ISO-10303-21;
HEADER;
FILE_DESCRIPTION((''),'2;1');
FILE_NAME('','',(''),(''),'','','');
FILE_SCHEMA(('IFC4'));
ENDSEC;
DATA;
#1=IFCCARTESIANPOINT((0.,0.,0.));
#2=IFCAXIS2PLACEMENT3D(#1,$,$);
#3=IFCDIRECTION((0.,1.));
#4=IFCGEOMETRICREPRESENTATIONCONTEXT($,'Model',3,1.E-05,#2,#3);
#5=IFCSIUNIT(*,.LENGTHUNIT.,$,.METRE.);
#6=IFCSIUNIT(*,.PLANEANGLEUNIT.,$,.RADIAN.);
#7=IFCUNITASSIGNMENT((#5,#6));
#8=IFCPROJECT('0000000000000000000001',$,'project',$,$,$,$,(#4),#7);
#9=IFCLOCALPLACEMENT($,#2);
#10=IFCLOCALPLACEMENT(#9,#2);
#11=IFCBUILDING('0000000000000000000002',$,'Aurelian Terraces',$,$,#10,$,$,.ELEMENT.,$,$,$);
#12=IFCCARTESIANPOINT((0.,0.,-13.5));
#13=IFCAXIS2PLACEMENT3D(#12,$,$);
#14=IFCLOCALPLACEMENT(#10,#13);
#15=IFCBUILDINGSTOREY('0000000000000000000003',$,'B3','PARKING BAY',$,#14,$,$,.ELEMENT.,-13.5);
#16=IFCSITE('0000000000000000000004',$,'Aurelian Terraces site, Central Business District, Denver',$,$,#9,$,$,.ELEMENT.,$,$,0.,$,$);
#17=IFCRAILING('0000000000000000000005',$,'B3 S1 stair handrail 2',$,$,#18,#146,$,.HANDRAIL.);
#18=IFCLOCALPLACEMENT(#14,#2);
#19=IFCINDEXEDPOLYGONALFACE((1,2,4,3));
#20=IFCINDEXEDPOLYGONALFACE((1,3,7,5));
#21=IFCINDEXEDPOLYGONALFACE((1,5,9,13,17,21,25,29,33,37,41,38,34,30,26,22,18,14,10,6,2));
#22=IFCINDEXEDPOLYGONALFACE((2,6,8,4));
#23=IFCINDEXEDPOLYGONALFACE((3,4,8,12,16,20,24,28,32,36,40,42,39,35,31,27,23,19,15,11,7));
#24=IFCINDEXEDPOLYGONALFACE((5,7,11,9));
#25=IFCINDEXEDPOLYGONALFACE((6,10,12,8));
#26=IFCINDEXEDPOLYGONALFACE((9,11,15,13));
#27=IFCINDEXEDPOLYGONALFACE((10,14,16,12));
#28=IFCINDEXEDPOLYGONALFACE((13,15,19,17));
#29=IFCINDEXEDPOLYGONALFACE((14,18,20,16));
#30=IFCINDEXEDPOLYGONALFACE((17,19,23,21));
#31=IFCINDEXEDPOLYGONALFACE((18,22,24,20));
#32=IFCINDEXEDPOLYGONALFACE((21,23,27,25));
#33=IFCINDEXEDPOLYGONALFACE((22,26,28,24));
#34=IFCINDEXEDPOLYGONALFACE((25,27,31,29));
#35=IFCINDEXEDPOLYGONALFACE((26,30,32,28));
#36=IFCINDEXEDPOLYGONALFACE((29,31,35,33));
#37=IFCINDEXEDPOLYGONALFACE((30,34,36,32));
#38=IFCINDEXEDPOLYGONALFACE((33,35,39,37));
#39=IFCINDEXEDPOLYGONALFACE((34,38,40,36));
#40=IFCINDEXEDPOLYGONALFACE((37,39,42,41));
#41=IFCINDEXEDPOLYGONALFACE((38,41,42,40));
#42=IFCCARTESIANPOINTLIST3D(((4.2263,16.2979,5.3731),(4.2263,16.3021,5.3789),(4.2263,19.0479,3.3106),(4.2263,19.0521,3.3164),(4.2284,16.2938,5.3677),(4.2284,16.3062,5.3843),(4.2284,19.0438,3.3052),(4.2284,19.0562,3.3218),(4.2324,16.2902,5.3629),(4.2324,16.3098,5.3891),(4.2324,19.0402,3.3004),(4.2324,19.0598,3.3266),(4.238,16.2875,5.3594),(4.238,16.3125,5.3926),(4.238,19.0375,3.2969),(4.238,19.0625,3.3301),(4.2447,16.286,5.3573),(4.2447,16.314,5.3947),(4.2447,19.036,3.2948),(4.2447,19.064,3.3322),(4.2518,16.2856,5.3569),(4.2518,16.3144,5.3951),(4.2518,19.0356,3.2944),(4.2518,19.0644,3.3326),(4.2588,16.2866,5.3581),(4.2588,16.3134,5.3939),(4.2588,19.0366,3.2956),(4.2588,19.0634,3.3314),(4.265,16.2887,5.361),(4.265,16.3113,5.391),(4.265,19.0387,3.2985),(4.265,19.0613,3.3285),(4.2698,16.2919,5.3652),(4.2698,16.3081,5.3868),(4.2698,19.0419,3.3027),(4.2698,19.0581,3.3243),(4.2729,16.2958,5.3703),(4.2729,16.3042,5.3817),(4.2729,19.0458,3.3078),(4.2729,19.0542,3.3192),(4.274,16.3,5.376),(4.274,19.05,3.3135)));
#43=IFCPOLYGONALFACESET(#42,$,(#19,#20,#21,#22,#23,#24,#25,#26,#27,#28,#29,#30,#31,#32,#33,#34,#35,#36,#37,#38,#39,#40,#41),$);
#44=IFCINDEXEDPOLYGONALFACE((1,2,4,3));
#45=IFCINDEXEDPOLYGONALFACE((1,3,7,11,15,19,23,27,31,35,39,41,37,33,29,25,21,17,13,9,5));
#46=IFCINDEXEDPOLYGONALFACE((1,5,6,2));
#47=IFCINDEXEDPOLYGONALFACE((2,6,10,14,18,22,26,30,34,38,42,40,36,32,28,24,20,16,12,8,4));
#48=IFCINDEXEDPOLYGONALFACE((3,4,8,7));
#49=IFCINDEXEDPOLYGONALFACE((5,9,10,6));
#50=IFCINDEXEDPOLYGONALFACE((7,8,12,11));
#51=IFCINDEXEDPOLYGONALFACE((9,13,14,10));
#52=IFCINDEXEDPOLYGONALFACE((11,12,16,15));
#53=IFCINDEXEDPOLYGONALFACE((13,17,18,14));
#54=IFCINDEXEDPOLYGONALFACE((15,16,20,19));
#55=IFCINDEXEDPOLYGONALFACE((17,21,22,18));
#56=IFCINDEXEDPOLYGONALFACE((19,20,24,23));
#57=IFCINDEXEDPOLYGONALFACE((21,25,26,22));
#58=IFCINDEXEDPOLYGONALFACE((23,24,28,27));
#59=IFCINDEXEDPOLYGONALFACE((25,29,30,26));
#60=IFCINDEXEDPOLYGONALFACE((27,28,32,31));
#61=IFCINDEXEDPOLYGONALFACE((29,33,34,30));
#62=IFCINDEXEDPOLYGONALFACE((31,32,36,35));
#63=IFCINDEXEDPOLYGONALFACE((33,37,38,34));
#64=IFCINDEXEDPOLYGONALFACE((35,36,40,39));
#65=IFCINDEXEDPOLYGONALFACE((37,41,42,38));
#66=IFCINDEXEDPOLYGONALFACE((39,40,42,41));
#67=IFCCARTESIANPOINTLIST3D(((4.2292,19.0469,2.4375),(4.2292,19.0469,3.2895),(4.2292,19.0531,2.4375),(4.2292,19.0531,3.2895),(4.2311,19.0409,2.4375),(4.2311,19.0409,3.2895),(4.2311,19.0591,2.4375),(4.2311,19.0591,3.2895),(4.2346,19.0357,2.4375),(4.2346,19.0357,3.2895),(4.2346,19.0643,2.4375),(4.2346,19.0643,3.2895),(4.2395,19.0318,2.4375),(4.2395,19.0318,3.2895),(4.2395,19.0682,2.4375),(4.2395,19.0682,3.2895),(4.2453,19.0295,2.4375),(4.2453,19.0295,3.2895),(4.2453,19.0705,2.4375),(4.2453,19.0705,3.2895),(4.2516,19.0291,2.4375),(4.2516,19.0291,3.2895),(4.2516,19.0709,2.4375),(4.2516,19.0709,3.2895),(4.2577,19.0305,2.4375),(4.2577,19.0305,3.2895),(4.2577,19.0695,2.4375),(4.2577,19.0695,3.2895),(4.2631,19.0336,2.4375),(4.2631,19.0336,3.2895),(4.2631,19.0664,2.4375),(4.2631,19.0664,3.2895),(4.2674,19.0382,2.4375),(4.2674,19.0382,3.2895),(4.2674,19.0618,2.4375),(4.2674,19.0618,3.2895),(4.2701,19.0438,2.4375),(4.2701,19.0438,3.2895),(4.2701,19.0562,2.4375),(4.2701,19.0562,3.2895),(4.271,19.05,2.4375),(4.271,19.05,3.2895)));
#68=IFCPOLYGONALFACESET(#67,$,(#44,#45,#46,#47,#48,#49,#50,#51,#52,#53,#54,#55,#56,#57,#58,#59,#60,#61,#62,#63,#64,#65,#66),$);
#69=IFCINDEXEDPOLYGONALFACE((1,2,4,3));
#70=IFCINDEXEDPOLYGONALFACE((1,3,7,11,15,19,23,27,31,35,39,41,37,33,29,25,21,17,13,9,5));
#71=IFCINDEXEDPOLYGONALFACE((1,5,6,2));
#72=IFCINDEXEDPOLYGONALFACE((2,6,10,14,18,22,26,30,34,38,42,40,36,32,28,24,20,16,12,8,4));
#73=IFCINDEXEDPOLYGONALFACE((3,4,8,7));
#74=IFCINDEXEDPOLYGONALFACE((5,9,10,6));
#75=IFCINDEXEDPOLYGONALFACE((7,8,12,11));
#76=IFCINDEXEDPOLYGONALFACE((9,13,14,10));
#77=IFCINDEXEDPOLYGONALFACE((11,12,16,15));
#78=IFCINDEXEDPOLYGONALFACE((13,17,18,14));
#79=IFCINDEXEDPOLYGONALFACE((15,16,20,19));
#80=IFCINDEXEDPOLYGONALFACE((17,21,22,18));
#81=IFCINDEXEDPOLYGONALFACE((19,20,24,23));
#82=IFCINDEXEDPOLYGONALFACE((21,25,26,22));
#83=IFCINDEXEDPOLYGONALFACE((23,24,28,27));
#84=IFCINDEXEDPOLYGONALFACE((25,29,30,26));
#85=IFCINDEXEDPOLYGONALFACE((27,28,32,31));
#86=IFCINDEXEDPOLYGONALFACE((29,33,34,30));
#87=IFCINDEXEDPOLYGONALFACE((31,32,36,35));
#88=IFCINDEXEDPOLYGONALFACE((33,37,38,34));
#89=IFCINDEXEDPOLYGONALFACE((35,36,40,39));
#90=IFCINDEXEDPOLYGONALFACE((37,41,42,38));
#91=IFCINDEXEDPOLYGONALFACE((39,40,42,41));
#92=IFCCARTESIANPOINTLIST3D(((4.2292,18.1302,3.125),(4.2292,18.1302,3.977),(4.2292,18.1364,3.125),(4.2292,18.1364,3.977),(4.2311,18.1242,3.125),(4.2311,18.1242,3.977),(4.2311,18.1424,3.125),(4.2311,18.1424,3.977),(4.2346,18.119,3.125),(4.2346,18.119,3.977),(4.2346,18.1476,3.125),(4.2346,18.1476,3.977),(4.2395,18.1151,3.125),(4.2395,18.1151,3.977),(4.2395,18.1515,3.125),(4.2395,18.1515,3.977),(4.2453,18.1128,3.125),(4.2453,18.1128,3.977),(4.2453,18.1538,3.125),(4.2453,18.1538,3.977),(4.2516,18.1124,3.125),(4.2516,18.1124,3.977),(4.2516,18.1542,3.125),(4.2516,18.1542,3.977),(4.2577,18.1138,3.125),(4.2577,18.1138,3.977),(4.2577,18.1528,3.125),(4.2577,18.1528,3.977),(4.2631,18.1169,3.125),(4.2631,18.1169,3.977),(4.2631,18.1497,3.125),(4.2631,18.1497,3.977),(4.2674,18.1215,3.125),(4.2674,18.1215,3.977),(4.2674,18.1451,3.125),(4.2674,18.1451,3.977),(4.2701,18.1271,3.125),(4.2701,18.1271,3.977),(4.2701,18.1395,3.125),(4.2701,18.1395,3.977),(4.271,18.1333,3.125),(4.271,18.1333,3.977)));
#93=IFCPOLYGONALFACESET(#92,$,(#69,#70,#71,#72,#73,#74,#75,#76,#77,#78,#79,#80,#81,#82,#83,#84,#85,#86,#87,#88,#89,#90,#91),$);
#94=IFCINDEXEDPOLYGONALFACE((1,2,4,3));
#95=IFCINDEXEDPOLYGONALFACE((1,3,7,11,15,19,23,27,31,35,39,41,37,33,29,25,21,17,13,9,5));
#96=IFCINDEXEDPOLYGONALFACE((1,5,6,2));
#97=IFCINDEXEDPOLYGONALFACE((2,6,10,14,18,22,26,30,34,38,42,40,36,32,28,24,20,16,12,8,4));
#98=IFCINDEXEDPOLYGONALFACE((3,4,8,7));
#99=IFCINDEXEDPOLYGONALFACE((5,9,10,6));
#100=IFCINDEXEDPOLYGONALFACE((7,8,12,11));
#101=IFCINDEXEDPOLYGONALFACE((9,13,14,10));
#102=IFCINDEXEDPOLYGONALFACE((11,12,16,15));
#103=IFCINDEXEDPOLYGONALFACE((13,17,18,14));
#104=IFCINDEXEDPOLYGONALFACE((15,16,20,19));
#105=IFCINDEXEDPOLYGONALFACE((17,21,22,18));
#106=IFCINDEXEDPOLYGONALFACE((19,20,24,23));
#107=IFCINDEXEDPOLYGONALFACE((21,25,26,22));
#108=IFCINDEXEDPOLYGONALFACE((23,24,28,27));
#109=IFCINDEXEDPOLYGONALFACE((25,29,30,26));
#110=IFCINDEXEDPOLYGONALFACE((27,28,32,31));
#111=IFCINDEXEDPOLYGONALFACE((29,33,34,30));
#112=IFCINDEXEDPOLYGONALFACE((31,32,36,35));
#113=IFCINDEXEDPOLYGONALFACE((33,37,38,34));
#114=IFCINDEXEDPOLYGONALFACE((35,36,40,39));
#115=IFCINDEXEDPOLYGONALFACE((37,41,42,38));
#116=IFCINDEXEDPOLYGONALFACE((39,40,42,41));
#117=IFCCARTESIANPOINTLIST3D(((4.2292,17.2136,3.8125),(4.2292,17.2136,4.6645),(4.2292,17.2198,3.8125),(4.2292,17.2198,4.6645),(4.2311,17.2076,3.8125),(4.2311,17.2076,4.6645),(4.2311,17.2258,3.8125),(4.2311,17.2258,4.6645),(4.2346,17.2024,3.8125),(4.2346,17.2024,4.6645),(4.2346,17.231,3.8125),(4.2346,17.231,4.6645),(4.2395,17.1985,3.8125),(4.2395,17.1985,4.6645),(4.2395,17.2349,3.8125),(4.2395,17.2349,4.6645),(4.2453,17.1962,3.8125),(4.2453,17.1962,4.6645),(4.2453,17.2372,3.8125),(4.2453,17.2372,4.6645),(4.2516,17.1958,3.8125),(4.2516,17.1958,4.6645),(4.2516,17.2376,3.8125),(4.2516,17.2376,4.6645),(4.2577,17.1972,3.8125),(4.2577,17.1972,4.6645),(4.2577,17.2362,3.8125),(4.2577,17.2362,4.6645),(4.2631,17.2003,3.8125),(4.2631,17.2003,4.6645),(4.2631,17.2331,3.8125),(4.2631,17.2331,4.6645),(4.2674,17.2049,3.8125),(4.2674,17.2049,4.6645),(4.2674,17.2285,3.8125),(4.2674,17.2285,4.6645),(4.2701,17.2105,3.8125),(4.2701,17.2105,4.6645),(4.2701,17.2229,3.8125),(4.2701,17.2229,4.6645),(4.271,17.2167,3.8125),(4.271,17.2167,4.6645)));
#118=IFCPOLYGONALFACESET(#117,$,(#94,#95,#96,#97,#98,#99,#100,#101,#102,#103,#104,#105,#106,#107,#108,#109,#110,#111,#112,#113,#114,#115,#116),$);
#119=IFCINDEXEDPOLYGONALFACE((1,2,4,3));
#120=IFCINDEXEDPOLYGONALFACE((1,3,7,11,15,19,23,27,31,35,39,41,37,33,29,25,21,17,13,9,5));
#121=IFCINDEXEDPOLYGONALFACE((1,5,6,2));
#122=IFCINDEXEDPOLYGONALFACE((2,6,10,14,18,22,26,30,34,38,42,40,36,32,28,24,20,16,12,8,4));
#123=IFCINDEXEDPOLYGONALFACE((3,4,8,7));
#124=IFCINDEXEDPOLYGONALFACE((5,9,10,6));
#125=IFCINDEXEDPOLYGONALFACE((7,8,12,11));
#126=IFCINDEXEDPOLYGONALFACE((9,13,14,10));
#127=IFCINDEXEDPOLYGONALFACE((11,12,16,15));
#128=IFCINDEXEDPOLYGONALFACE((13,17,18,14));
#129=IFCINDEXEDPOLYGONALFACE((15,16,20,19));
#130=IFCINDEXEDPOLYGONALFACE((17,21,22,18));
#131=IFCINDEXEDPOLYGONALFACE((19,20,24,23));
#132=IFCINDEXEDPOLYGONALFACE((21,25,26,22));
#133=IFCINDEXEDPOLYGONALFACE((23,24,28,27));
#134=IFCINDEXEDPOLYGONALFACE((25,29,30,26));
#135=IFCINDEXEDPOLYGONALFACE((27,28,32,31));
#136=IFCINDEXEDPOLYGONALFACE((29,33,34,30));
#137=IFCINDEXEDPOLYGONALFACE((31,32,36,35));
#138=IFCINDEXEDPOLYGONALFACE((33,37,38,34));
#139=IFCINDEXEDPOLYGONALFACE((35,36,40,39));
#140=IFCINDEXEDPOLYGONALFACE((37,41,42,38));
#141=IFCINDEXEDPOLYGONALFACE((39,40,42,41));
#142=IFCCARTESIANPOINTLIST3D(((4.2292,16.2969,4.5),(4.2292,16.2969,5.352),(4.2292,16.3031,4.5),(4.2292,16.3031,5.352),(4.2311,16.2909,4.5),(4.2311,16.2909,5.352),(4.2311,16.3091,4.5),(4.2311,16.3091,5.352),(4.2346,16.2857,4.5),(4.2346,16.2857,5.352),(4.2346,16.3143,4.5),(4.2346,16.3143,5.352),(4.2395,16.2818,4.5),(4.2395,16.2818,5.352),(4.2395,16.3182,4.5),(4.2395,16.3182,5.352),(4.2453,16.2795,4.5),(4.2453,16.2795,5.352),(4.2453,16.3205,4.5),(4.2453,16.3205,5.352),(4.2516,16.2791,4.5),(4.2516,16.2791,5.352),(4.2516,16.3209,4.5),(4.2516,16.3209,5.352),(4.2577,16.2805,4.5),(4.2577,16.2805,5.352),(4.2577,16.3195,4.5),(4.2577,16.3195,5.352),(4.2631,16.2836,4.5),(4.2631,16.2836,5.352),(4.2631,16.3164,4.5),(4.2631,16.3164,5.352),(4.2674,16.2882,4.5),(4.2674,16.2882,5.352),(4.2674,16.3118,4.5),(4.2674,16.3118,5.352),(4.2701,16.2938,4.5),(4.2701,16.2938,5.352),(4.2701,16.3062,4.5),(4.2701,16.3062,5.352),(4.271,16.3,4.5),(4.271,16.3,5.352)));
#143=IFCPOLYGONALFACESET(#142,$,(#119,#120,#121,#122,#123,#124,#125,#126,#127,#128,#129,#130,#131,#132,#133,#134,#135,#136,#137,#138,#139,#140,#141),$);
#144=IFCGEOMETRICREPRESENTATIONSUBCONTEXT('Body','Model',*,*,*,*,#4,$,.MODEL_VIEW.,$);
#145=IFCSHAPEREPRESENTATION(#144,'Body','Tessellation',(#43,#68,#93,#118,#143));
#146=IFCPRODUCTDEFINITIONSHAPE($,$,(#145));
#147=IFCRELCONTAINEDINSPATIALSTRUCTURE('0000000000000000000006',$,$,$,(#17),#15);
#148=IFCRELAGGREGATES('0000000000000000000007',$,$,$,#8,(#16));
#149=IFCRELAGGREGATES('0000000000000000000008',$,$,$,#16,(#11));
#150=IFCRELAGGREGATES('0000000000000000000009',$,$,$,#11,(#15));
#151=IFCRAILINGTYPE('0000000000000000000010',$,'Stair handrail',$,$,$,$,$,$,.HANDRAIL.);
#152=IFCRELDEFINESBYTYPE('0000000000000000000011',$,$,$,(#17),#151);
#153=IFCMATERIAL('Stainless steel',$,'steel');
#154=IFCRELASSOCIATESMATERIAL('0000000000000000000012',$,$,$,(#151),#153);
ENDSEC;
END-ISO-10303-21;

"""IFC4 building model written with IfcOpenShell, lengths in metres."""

from ifc_helpers import new_model, si_unit, direction, frame, origin, origin_2d, place, context, subcontext, project, spatial, circle, extrude, material, type_object, element, save


model = new_model("IFC4")

# Units and contexts
model_context = context("Model", 3, precision=1e-05, world=origin(), true_north=direction((0.0, 1.0)))
body_context = subcontext(model_context, "Body", "Model", "MODEL_VIEW")
ifc_project = project(units=[si_unit("LENGTHUNIT", "METRE"), si_unit("PLANEANGLEUNIT", "RADIAN")], contexts=[model_context])

# Site, building, storey
site_placement = place(None, origin())
site = spatial("IfcSite", under=ifc_project, at=site_placement, Name="Aurelian Terraces site, Central Business District, Denver", CompositionType="ELEMENT", RefElevation=0.0)
building_placement = place(site_placement, origin())
building = spatial("IfcBuilding", under=site, at=building_placement, Name="Aurelian Terraces", CompositionType="ELEMENT")
storey_placement = place(building_placement, frame((0.0, 0.0, -13.5)))
storey = spatial("IfcBuildingStorey", under=building, at=storey_placement, Name="B3", Description="PARKING BAY", CompositionType="ELEMENT", Elevation=-13.5)

# Railing
ifc_material_1 = material(Name="Stainless steel", Category="steel")
railing_type_1 = type_object("IfcRailingType", Name="Stair handrail", PredefinedType="HANDRAIL", material=ifc_material_1)
railing_1_placement = place(storey_placement, frame((4.25, 19.05, 2.4375)))
element("IfcRailing", 1, at=railing_1_placement, inside=storey, type_object=railing_type_1, Name="B3 S1 stair handrail 2", PredefinedType="HANDRAIL", context=body_context, shape_type="SweptSolid", body=[
    extrude(circle(Radius=0.024, at=origin_2d()), frame((0.0, 0.0, 0.876), z_axis=(0.0, -0.8, 0.6), x_axis=(1.0, 0.0, 0.0)), (0.0, 0.0, 1.0), 3.4375),
    extrude(circle(Radius=0.021, at=origin_2d()), origin(), (0.0, 0.0, 1.0), 0.852),
    extrude(circle(Radius=0.021, at=origin_2d()), frame((0.0, -0.9167, 0.6875)), (0.0, 0.0, 1.0), 0.852),
    extrude(circle(Radius=0.021, at=origin_2d()), frame((0.0, -1.8333, 1.375)), (0.0, 0.0, 1.0), 0.852),
    extrude(circle(Radius=0.021, at=origin_2d()), frame((0.0, -2.75, 2.0625)), (0.0, 0.0, 1.0), 0.852),
])

save(model, "model.ifc")
